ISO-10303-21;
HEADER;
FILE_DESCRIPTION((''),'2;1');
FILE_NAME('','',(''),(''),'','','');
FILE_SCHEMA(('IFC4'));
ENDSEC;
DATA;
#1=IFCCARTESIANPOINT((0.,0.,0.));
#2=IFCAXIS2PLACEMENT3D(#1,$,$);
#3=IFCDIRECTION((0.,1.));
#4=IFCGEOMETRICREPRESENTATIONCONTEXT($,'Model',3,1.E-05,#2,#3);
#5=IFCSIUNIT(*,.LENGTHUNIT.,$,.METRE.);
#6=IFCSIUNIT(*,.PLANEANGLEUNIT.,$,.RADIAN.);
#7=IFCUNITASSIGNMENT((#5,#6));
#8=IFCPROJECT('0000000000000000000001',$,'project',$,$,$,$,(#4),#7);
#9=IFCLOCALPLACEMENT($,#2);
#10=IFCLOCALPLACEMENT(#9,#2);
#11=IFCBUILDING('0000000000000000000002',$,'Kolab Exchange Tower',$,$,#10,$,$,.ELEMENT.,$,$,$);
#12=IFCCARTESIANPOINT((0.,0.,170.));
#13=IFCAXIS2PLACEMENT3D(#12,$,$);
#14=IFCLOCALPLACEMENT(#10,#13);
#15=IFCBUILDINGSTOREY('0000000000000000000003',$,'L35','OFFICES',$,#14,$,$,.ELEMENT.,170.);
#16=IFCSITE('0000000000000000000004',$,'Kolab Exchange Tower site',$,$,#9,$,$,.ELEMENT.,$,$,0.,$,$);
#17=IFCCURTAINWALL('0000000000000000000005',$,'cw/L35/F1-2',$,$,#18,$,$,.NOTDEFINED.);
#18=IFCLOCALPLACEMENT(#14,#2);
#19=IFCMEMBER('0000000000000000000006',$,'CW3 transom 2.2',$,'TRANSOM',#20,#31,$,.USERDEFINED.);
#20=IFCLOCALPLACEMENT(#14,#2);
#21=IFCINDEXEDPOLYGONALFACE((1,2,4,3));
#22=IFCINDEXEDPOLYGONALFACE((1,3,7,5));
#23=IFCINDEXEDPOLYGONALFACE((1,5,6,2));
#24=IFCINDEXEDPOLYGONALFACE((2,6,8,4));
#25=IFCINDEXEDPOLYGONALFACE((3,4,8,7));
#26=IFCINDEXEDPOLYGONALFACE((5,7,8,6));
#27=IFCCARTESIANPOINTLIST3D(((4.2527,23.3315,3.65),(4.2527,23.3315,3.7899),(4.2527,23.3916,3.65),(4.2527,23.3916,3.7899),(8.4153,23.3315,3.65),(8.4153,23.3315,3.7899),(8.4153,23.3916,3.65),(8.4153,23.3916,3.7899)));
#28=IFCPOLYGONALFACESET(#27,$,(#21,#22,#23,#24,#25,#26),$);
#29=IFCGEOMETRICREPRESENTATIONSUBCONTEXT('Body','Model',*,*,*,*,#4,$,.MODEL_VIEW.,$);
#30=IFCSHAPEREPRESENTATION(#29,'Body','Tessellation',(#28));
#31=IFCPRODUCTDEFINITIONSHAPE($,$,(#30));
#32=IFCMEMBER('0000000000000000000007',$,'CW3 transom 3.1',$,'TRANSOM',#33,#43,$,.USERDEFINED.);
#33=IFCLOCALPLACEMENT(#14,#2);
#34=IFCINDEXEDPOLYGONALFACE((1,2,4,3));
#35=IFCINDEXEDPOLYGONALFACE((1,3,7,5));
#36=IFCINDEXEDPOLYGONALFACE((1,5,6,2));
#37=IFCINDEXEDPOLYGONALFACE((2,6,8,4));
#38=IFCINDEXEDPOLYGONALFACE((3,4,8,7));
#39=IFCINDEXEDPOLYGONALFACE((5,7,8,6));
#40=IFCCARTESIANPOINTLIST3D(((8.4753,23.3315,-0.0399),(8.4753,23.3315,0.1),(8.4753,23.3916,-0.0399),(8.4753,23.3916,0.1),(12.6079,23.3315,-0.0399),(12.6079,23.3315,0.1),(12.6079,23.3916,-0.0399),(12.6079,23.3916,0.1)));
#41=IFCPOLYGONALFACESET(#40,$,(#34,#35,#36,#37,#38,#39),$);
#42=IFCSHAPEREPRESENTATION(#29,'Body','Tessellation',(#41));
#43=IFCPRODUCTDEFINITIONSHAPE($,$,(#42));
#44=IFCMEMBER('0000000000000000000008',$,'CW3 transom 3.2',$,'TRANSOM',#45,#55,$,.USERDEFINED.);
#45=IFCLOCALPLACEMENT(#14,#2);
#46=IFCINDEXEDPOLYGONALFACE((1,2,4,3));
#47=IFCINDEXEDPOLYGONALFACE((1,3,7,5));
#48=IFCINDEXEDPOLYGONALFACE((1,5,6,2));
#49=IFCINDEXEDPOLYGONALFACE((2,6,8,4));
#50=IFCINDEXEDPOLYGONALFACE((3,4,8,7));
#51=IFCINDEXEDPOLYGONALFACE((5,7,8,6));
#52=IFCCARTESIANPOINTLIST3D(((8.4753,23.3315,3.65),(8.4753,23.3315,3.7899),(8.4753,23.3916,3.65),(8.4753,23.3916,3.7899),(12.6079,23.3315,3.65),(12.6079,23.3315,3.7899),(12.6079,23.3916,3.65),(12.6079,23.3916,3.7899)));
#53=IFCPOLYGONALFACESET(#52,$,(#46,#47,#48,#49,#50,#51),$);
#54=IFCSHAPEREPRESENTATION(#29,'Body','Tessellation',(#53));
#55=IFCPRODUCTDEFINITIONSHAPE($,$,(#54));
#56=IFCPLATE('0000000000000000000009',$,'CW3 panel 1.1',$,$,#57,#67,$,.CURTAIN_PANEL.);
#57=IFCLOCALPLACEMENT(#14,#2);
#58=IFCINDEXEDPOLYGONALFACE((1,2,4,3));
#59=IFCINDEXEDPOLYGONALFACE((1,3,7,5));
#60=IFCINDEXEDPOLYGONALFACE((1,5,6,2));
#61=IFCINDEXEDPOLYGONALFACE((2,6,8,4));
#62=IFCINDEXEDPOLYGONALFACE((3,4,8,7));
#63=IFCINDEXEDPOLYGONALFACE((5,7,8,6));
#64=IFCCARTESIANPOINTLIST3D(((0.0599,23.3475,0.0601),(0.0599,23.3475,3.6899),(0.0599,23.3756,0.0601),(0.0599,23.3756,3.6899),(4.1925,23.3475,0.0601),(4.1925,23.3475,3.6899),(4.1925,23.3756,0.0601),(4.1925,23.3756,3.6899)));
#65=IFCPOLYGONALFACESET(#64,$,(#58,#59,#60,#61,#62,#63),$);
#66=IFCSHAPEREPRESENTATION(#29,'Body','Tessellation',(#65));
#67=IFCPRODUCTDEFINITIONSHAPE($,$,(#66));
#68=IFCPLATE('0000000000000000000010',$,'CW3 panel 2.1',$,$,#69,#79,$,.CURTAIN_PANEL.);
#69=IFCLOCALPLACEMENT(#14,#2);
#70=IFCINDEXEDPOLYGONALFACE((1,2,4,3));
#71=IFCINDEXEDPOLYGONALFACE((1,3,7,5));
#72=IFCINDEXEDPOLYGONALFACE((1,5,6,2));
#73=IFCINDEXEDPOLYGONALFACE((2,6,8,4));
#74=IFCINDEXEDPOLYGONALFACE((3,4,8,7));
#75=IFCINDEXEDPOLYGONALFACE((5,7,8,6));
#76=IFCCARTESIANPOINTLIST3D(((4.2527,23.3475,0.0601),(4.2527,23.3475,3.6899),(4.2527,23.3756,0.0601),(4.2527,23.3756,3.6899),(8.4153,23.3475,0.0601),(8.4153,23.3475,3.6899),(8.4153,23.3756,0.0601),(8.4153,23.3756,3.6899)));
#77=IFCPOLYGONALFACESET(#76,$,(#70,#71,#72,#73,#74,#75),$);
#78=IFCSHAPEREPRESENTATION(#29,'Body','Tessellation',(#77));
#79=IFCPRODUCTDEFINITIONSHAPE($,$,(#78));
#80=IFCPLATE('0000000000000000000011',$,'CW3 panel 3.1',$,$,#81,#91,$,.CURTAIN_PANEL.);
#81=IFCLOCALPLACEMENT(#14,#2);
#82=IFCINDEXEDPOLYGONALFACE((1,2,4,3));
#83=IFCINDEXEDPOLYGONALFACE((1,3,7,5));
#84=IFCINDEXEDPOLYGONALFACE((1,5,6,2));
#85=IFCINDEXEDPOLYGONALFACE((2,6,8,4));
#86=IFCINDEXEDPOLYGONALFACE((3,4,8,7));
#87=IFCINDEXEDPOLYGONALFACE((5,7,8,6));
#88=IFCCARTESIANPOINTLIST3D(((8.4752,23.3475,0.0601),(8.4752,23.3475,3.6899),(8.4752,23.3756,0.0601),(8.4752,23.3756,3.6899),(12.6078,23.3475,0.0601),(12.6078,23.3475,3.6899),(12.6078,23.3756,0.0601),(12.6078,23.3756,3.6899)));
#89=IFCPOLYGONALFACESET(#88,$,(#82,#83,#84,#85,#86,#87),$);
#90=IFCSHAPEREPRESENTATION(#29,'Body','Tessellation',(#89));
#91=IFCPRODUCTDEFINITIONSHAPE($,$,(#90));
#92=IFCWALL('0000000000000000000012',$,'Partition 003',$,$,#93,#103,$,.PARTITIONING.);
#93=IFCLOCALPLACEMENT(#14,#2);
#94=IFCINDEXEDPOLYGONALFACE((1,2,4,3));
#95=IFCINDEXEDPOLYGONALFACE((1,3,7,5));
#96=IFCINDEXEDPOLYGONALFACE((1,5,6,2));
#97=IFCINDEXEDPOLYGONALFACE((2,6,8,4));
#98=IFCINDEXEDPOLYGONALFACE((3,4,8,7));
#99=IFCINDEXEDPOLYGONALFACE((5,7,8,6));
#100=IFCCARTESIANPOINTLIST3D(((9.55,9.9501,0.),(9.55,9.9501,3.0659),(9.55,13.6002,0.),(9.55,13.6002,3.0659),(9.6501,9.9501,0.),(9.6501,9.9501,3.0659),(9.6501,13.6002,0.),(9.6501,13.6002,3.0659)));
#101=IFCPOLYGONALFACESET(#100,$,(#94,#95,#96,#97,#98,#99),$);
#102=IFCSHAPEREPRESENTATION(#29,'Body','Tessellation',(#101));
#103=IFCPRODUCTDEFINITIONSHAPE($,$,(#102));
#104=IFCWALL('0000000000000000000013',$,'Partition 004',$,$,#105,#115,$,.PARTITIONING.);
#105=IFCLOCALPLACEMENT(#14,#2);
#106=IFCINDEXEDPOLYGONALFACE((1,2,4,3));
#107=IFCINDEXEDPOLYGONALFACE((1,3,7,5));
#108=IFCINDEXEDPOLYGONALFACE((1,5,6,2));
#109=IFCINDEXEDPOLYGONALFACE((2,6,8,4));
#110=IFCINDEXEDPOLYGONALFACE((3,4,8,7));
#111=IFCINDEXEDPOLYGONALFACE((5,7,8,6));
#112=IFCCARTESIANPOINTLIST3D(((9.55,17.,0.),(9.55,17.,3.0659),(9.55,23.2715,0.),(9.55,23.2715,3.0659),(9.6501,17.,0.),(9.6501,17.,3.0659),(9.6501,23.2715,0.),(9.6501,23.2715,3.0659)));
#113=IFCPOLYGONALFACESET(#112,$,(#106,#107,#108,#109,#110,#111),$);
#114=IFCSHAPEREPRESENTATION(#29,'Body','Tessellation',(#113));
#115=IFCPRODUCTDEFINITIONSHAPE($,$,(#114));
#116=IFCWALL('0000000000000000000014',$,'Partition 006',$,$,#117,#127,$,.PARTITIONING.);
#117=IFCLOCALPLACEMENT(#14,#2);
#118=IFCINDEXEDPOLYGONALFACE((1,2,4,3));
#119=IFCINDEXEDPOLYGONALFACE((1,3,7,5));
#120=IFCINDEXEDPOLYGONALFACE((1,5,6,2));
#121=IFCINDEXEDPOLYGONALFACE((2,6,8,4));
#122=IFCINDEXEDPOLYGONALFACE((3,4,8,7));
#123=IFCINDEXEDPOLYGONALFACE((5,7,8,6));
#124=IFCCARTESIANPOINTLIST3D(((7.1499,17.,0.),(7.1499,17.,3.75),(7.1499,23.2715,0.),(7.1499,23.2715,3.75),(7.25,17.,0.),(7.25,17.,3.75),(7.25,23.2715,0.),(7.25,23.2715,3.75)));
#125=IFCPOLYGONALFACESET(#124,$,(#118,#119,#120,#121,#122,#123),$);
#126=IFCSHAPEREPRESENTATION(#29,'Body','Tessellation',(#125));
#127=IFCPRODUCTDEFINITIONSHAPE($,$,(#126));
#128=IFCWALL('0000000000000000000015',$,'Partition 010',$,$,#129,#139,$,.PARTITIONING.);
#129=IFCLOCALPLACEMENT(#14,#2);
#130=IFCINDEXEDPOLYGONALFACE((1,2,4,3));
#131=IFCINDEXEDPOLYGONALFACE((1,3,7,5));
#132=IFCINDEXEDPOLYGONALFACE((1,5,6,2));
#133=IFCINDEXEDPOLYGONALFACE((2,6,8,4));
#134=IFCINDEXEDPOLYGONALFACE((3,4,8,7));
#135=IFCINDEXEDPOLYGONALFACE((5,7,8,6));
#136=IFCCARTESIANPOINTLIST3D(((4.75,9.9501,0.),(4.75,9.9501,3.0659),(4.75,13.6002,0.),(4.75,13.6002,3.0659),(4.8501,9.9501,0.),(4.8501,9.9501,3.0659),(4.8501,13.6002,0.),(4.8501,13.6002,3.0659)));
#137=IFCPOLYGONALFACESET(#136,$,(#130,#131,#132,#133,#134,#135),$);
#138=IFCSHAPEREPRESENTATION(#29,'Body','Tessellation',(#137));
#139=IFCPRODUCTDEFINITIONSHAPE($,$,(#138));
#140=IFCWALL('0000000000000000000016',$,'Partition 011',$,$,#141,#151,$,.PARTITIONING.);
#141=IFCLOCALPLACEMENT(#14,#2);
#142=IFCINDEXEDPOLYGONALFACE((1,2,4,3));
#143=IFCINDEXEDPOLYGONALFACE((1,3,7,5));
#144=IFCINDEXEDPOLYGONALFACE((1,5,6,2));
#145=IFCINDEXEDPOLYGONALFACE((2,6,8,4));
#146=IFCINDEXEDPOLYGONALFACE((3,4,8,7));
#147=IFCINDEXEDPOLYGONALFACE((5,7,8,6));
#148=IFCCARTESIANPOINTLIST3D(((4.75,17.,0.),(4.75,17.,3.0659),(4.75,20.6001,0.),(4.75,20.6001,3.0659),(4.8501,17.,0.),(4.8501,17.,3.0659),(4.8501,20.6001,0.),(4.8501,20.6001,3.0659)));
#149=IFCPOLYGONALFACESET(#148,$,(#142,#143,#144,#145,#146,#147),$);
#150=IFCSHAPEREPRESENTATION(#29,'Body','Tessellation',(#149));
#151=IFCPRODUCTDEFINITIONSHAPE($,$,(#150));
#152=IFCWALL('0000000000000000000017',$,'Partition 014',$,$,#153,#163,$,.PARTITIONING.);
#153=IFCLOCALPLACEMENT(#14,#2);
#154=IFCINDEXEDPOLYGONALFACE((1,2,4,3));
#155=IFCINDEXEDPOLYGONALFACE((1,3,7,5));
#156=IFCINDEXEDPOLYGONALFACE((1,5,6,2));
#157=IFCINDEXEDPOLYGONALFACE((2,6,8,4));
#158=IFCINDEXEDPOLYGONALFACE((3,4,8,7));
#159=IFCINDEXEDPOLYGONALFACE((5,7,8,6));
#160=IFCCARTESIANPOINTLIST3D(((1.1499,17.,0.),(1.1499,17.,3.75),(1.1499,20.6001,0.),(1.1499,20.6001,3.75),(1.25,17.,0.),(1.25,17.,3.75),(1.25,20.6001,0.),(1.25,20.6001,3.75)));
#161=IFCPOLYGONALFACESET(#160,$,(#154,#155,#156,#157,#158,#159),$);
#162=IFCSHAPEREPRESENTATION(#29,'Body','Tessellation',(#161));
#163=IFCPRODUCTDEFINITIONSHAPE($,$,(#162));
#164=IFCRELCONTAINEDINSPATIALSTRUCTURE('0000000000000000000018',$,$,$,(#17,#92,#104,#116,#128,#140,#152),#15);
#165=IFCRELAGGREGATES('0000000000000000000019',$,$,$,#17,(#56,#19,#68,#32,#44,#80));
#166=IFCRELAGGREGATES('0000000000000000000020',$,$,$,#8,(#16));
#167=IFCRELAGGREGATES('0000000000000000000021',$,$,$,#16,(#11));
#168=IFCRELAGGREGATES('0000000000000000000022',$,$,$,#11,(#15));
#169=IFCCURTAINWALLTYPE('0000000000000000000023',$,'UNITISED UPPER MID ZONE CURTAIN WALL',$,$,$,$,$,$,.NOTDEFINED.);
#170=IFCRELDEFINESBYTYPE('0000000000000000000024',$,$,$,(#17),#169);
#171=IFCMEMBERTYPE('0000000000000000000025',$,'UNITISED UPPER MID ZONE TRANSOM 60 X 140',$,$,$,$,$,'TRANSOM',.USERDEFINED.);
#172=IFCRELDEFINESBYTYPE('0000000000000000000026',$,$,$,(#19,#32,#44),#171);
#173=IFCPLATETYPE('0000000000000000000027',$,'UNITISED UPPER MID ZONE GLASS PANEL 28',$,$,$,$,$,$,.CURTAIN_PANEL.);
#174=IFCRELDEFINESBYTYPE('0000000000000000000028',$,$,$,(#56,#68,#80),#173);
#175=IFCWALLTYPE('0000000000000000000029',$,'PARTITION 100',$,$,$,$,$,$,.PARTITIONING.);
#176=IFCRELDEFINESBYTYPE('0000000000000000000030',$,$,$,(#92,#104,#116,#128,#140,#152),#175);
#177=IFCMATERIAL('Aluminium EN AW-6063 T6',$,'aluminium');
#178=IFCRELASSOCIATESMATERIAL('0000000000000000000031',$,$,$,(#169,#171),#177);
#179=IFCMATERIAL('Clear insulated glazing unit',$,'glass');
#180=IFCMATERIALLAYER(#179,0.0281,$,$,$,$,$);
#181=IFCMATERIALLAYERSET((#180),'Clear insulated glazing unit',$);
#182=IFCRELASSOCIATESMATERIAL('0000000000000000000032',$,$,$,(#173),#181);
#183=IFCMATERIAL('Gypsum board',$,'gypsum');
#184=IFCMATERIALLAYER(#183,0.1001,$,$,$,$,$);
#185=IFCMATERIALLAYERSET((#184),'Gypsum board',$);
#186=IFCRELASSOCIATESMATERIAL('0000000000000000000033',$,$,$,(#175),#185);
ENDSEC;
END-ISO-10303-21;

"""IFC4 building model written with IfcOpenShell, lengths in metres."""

from ifc_helpers import new_model, si_unit, direction, frame, frame_2d, origin, origin_2d, place, context, subcontext, project, spatial, rectangle, extrude, material, layer, layer_set, material_profile, profile_set, type_object, element, aggregate, save


model = new_model("IFC4")

# Units and contexts
model_context = context("Model", 3, precision=1e-05, world=origin(), true_north=direction((0.0, 1.0)))
body_context = subcontext(model_context, "Body", "Model", "MODEL_VIEW")
ifc_project = project(units=[si_unit("LENGTHUNIT", "METRE"), si_unit("PLANEANGLEUNIT", "RADIAN")], contexts=[model_context])

# Site, building, storey
site_placement = place(None, origin())
site = spatial("IfcSite", under=ifc_project, at=site_placement, Name="Kolab Exchange Tower site", CompositionType="ELEMENT", RefElevation=0.0)
building_placement = place(site_placement, origin())
building = spatial("IfcBuilding", under=site, at=building_placement, Name="Kolab Exchange Tower", CompositionType="ELEMENT")
storey_placement = place(building_placement, frame((0.0, 0.0, 170.0)))
storey = spatial("IfcBuildingStorey", under=building, at=storey_placement, Name="L35", Description="OFFICES", CompositionType="ELEMENT", Elevation=170.0)

# Curtain wall, members, plates
ifc_material_1 = material(Name="Aluminium EN AW-6063 T6", Category="aluminium")
curtain_wall_type = type_object("IfcCurtainWallType", Name="UNITISED UPPER MID ZONE CURTAIN WALL", PredefinedType="NOTDEFINED", material=ifc_material_1)
curtain_wall_placement = place(storey_placement, origin())
curtain_wall = element("IfcCurtainWall", 1, at=curtain_wall_placement, inside=storey, type_object=curtain_wall_type, Name="cw/L35/F1-2", PredefinedType="NOTDEFINED")
ifc_material_profile_1 = material_profile(ifc_material_1, rectangle(XDim=0.0601, YDim=0.1399, at=origin_2d()), Name="RECT 60X140")
ifc_profile_set_1 = profile_set([ifc_material_profile_1], Name="Aluminium EN AW-6063 T6")
member_type_1 = type_object("IfcMemberType", Name="UNITISED UPPER MID ZONE TRANSOM 60 X 140", ElementType="TRANSOM", PredefinedType="USERDEFINED", material=ifc_profile_set_1)
member_1_placement = place(storey_placement, frame((4.2527, 23.3616, 3.72), z_axis=(1.0, 0.0, 0.0), x_axis=(0.0, 1.0, 0.0)))
member_1 = element("IfcMember", 2, at=member_1_placement, type_object=member_type_1, Name="CW3 transom 2.2", ObjectType="TRANSOM", PredefinedType="USERDEFINED", context=body_context, shape_type="SweptSolid", body=[
    extrude(rectangle(XDim=0.0601, YDim=0.1399, at=origin_2d()), origin(), (0.0, 0.0, 1.0), 4.1626),
])
member_2_placement = place(storey_placement, frame((8.4753, 23.3616, 0.03), z_axis=(1.0, 0.0, 0.0), x_axis=(0.0, 1.0, 0.0)))
member_2 = element("IfcMember", 3, at=member_2_placement, type_object=member_type_1, Name="CW3 transom 3.1", ObjectType="TRANSOM", PredefinedType="USERDEFINED", context=body_context, shape_type="SweptSolid", body=[
    extrude(rectangle(XDim=0.0601, YDim=0.1399, at=origin_2d()), origin(), (0.0, 0.0, 1.0), 4.1326),
])
member_3_placement = place(storey_placement, frame((8.4753, 23.3616, 3.72), z_axis=(1.0, 0.0, 0.0), x_axis=(0.0, 1.0, 0.0)))
member_3 = element("IfcMember", 4, at=member_3_placement, type_object=member_type_1, Name="CW3 transom 3.2", ObjectType="TRANSOM", PredefinedType="USERDEFINED", context=body_context, shape_type="SweptSolid", body=[
    extrude(rectangle(XDim=0.0601, YDim=0.1399, at=origin_2d()), origin(), (0.0, 0.0, 1.0), 4.1326),
])
ifc_material_2 = material(Name="Clear insulated glazing unit", Category="glass")
ifc_layer_1 = layer(ifc_material_2, 0.0281)
ifc_layer_set_1 = layer_set([ifc_layer_1], Name="Clear insulated glazing unit")
plate_type = type_object("IfcPlateType", Name="UNITISED UPPER MID ZONE GLASS PANEL 28", PredefinedType="CURTAIN_PANEL", material=ifc_layer_set_1)
plate_1_placement = place(storey_placement, frame((2.1262, 23.3616, 0.0601), z_axis=(0.0, 0.0, 1.0), x_axis=(1.0, 0.0, 0.0)))
plate_1 = element("IfcPlate", 5, at=plate_1_placement, type_object=plate_type, Name="CW3 panel 1.1", PredefinedType="CURTAIN_PANEL", context=body_context, shape_type="SweptSolid", body=[
    extrude(rectangle(XDim=4.1326, YDim=0.0281, at=origin_2d()), origin(), (0.0, 0.0, 1.0), 3.6299),
])
plate_2_placement = place(storey_placement, frame((6.334, 23.3616, 0.0601), z_axis=(0.0, 0.0, 1.0), x_axis=(1.0, 0.0, 0.0)))
plate_2 = element("IfcPlate", 6, at=plate_2_placement, type_object=plate_type, Name="CW3 panel 2.1", PredefinedType="CURTAIN_PANEL", context=body_context, shape_type="SweptSolid", body=[
    extrude(rectangle(XDim=4.1626, YDim=0.0281, at=origin_2d()), origin(), (0.0, 0.0, 1.0), 3.6299),
])
plate_3_placement = place(storey_placement, frame((10.5415, 23.3616, 0.0601), z_axis=(0.0, 0.0, 1.0), x_axis=(1.0, 0.0, 0.0)))
plate_3 = element("IfcPlate", 7, at=plate_3_placement, type_object=plate_type, Name="CW3 panel 3.1", PredefinedType="CURTAIN_PANEL", context=body_context, shape_type="SweptSolid", body=[
    extrude(rectangle(XDim=4.1326, YDim=0.0281, at=origin_2d()), origin(), (0.0, 0.0, 1.0), 3.6299),
])
aggregate(curtain_wall, [plate_1, member_1, plate_2, member_2, member_3, plate_3])

# Walls
ifc_material_3 = material(Name="Gypsum board", Category="gypsum")
ifc_layer_2 = layer(ifc_material_3, 0.1001)
ifc_layer_set_2 = layer_set([ifc_layer_2], Name="Gypsum board")
wall_type = type_object("IfcWallType", Name="PARTITION 100", PredefinedType="PARTITIONING", material=ifc_layer_set_2)
wall_1_placement = place(storey_placement, frame((9.6001, 9.95, 0.0), z_axis=(0.0, 0.0, 1.0), x_axis=(0.0, 1.0, 0.0)))
element("IfcWall", 8, at=wall_1_placement, inside=storey, type_object=wall_type, Name="Partition 003", PredefinedType="PARTITIONING", context=body_context, shape_type="SweptSolid", body=[
    extrude(rectangle(XDim=3.6501, YDim=0.1001, at=frame_2d((1.8252, 0.0))), origin(), (0.0, 0.0, 1.0), 3.0659),
])
wall_2_placement = place(storey_placement, frame((9.6001, 17.0, 0.0), z_axis=(0.0, 0.0, 1.0), x_axis=(0.0, 1.0, 0.0)))
element("IfcWall", 9, at=wall_2_placement, inside=storey, type_object=wall_type, Name="Partition 004", PredefinedType="PARTITIONING", context=body_context, shape_type="SweptSolid", body=[
    extrude(rectangle(XDim=6.2715, YDim=0.1001, at=frame_2d((3.1357, 0.0))), origin(), (0.0, 0.0, 1.0), 3.0659),
])
wall_3_placement = place(storey_placement, frame((7.2, 17.0, 0.0), z_axis=(0.0, 0.0, 1.0), x_axis=(0.0, 1.0, 0.0)))
element("IfcWall", 10, at=wall_3_placement, inside=storey, type_object=wall_type, Name="Partition 006", PredefinedType="PARTITIONING", context=body_context, shape_type="SweptSolid", body=[
    extrude(rectangle(XDim=6.2715, YDim=0.1001, at=frame_2d((3.1357, 0.0))), origin(), (0.0, 0.0, 1.0), 3.75),
])
wall_4_placement = place(storey_placement, frame((4.8, 9.95, 0.0), z_axis=(0.0, 0.0, 1.0), x_axis=(0.0, 1.0, 0.0)))
element("IfcWall", 11, at=wall_4_placement, inside=storey, type_object=wall_type, Name="Partition 010", PredefinedType="PARTITIONING", context=body_context, shape_type="SweptSolid", body=[
    extrude(rectangle(XDim=3.6501, YDim=0.1001, at=frame_2d((1.8252, 0.0))), origin(), (0.0, 0.0, 1.0), 3.0659),
])
wall_5_placement = place(storey_placement, frame((4.8, 17.0, 0.0), z_axis=(0.0, 0.0, 1.0), x_axis=(0.0, 1.0, 0.0)))
element("IfcWall", 12, at=wall_5_placement, inside=storey, type_object=wall_type, Name="Partition 011", PredefinedType="PARTITIONING", context=body_context, shape_type="SweptSolid", body=[
    extrude(rectangle(XDim=3.6001, YDim=0.1001, at=frame_2d((1.8, 0.0))), origin(), (0.0, 0.0, 1.0), 3.0659),
])
wall_6_placement = place(storey_placement, frame((1.2, 17.0, 0.0), z_axis=(0.0, 0.0, 1.0), x_axis=(0.0, 1.0, 0.0)))
element("IfcWall", 13, at=wall_6_placement, inside=storey, type_object=wall_type, Name="Partition 014", PredefinedType="PARTITIONING", context=body_context, shape_type="SweptSolid", body=[
    extrude(rectangle(XDim=3.6001, YDim=0.1001, at=frame_2d((1.8, 0.0))), origin(), (0.0, 0.0, 1.0), 3.75),
])

save(model, "model.ifc")
